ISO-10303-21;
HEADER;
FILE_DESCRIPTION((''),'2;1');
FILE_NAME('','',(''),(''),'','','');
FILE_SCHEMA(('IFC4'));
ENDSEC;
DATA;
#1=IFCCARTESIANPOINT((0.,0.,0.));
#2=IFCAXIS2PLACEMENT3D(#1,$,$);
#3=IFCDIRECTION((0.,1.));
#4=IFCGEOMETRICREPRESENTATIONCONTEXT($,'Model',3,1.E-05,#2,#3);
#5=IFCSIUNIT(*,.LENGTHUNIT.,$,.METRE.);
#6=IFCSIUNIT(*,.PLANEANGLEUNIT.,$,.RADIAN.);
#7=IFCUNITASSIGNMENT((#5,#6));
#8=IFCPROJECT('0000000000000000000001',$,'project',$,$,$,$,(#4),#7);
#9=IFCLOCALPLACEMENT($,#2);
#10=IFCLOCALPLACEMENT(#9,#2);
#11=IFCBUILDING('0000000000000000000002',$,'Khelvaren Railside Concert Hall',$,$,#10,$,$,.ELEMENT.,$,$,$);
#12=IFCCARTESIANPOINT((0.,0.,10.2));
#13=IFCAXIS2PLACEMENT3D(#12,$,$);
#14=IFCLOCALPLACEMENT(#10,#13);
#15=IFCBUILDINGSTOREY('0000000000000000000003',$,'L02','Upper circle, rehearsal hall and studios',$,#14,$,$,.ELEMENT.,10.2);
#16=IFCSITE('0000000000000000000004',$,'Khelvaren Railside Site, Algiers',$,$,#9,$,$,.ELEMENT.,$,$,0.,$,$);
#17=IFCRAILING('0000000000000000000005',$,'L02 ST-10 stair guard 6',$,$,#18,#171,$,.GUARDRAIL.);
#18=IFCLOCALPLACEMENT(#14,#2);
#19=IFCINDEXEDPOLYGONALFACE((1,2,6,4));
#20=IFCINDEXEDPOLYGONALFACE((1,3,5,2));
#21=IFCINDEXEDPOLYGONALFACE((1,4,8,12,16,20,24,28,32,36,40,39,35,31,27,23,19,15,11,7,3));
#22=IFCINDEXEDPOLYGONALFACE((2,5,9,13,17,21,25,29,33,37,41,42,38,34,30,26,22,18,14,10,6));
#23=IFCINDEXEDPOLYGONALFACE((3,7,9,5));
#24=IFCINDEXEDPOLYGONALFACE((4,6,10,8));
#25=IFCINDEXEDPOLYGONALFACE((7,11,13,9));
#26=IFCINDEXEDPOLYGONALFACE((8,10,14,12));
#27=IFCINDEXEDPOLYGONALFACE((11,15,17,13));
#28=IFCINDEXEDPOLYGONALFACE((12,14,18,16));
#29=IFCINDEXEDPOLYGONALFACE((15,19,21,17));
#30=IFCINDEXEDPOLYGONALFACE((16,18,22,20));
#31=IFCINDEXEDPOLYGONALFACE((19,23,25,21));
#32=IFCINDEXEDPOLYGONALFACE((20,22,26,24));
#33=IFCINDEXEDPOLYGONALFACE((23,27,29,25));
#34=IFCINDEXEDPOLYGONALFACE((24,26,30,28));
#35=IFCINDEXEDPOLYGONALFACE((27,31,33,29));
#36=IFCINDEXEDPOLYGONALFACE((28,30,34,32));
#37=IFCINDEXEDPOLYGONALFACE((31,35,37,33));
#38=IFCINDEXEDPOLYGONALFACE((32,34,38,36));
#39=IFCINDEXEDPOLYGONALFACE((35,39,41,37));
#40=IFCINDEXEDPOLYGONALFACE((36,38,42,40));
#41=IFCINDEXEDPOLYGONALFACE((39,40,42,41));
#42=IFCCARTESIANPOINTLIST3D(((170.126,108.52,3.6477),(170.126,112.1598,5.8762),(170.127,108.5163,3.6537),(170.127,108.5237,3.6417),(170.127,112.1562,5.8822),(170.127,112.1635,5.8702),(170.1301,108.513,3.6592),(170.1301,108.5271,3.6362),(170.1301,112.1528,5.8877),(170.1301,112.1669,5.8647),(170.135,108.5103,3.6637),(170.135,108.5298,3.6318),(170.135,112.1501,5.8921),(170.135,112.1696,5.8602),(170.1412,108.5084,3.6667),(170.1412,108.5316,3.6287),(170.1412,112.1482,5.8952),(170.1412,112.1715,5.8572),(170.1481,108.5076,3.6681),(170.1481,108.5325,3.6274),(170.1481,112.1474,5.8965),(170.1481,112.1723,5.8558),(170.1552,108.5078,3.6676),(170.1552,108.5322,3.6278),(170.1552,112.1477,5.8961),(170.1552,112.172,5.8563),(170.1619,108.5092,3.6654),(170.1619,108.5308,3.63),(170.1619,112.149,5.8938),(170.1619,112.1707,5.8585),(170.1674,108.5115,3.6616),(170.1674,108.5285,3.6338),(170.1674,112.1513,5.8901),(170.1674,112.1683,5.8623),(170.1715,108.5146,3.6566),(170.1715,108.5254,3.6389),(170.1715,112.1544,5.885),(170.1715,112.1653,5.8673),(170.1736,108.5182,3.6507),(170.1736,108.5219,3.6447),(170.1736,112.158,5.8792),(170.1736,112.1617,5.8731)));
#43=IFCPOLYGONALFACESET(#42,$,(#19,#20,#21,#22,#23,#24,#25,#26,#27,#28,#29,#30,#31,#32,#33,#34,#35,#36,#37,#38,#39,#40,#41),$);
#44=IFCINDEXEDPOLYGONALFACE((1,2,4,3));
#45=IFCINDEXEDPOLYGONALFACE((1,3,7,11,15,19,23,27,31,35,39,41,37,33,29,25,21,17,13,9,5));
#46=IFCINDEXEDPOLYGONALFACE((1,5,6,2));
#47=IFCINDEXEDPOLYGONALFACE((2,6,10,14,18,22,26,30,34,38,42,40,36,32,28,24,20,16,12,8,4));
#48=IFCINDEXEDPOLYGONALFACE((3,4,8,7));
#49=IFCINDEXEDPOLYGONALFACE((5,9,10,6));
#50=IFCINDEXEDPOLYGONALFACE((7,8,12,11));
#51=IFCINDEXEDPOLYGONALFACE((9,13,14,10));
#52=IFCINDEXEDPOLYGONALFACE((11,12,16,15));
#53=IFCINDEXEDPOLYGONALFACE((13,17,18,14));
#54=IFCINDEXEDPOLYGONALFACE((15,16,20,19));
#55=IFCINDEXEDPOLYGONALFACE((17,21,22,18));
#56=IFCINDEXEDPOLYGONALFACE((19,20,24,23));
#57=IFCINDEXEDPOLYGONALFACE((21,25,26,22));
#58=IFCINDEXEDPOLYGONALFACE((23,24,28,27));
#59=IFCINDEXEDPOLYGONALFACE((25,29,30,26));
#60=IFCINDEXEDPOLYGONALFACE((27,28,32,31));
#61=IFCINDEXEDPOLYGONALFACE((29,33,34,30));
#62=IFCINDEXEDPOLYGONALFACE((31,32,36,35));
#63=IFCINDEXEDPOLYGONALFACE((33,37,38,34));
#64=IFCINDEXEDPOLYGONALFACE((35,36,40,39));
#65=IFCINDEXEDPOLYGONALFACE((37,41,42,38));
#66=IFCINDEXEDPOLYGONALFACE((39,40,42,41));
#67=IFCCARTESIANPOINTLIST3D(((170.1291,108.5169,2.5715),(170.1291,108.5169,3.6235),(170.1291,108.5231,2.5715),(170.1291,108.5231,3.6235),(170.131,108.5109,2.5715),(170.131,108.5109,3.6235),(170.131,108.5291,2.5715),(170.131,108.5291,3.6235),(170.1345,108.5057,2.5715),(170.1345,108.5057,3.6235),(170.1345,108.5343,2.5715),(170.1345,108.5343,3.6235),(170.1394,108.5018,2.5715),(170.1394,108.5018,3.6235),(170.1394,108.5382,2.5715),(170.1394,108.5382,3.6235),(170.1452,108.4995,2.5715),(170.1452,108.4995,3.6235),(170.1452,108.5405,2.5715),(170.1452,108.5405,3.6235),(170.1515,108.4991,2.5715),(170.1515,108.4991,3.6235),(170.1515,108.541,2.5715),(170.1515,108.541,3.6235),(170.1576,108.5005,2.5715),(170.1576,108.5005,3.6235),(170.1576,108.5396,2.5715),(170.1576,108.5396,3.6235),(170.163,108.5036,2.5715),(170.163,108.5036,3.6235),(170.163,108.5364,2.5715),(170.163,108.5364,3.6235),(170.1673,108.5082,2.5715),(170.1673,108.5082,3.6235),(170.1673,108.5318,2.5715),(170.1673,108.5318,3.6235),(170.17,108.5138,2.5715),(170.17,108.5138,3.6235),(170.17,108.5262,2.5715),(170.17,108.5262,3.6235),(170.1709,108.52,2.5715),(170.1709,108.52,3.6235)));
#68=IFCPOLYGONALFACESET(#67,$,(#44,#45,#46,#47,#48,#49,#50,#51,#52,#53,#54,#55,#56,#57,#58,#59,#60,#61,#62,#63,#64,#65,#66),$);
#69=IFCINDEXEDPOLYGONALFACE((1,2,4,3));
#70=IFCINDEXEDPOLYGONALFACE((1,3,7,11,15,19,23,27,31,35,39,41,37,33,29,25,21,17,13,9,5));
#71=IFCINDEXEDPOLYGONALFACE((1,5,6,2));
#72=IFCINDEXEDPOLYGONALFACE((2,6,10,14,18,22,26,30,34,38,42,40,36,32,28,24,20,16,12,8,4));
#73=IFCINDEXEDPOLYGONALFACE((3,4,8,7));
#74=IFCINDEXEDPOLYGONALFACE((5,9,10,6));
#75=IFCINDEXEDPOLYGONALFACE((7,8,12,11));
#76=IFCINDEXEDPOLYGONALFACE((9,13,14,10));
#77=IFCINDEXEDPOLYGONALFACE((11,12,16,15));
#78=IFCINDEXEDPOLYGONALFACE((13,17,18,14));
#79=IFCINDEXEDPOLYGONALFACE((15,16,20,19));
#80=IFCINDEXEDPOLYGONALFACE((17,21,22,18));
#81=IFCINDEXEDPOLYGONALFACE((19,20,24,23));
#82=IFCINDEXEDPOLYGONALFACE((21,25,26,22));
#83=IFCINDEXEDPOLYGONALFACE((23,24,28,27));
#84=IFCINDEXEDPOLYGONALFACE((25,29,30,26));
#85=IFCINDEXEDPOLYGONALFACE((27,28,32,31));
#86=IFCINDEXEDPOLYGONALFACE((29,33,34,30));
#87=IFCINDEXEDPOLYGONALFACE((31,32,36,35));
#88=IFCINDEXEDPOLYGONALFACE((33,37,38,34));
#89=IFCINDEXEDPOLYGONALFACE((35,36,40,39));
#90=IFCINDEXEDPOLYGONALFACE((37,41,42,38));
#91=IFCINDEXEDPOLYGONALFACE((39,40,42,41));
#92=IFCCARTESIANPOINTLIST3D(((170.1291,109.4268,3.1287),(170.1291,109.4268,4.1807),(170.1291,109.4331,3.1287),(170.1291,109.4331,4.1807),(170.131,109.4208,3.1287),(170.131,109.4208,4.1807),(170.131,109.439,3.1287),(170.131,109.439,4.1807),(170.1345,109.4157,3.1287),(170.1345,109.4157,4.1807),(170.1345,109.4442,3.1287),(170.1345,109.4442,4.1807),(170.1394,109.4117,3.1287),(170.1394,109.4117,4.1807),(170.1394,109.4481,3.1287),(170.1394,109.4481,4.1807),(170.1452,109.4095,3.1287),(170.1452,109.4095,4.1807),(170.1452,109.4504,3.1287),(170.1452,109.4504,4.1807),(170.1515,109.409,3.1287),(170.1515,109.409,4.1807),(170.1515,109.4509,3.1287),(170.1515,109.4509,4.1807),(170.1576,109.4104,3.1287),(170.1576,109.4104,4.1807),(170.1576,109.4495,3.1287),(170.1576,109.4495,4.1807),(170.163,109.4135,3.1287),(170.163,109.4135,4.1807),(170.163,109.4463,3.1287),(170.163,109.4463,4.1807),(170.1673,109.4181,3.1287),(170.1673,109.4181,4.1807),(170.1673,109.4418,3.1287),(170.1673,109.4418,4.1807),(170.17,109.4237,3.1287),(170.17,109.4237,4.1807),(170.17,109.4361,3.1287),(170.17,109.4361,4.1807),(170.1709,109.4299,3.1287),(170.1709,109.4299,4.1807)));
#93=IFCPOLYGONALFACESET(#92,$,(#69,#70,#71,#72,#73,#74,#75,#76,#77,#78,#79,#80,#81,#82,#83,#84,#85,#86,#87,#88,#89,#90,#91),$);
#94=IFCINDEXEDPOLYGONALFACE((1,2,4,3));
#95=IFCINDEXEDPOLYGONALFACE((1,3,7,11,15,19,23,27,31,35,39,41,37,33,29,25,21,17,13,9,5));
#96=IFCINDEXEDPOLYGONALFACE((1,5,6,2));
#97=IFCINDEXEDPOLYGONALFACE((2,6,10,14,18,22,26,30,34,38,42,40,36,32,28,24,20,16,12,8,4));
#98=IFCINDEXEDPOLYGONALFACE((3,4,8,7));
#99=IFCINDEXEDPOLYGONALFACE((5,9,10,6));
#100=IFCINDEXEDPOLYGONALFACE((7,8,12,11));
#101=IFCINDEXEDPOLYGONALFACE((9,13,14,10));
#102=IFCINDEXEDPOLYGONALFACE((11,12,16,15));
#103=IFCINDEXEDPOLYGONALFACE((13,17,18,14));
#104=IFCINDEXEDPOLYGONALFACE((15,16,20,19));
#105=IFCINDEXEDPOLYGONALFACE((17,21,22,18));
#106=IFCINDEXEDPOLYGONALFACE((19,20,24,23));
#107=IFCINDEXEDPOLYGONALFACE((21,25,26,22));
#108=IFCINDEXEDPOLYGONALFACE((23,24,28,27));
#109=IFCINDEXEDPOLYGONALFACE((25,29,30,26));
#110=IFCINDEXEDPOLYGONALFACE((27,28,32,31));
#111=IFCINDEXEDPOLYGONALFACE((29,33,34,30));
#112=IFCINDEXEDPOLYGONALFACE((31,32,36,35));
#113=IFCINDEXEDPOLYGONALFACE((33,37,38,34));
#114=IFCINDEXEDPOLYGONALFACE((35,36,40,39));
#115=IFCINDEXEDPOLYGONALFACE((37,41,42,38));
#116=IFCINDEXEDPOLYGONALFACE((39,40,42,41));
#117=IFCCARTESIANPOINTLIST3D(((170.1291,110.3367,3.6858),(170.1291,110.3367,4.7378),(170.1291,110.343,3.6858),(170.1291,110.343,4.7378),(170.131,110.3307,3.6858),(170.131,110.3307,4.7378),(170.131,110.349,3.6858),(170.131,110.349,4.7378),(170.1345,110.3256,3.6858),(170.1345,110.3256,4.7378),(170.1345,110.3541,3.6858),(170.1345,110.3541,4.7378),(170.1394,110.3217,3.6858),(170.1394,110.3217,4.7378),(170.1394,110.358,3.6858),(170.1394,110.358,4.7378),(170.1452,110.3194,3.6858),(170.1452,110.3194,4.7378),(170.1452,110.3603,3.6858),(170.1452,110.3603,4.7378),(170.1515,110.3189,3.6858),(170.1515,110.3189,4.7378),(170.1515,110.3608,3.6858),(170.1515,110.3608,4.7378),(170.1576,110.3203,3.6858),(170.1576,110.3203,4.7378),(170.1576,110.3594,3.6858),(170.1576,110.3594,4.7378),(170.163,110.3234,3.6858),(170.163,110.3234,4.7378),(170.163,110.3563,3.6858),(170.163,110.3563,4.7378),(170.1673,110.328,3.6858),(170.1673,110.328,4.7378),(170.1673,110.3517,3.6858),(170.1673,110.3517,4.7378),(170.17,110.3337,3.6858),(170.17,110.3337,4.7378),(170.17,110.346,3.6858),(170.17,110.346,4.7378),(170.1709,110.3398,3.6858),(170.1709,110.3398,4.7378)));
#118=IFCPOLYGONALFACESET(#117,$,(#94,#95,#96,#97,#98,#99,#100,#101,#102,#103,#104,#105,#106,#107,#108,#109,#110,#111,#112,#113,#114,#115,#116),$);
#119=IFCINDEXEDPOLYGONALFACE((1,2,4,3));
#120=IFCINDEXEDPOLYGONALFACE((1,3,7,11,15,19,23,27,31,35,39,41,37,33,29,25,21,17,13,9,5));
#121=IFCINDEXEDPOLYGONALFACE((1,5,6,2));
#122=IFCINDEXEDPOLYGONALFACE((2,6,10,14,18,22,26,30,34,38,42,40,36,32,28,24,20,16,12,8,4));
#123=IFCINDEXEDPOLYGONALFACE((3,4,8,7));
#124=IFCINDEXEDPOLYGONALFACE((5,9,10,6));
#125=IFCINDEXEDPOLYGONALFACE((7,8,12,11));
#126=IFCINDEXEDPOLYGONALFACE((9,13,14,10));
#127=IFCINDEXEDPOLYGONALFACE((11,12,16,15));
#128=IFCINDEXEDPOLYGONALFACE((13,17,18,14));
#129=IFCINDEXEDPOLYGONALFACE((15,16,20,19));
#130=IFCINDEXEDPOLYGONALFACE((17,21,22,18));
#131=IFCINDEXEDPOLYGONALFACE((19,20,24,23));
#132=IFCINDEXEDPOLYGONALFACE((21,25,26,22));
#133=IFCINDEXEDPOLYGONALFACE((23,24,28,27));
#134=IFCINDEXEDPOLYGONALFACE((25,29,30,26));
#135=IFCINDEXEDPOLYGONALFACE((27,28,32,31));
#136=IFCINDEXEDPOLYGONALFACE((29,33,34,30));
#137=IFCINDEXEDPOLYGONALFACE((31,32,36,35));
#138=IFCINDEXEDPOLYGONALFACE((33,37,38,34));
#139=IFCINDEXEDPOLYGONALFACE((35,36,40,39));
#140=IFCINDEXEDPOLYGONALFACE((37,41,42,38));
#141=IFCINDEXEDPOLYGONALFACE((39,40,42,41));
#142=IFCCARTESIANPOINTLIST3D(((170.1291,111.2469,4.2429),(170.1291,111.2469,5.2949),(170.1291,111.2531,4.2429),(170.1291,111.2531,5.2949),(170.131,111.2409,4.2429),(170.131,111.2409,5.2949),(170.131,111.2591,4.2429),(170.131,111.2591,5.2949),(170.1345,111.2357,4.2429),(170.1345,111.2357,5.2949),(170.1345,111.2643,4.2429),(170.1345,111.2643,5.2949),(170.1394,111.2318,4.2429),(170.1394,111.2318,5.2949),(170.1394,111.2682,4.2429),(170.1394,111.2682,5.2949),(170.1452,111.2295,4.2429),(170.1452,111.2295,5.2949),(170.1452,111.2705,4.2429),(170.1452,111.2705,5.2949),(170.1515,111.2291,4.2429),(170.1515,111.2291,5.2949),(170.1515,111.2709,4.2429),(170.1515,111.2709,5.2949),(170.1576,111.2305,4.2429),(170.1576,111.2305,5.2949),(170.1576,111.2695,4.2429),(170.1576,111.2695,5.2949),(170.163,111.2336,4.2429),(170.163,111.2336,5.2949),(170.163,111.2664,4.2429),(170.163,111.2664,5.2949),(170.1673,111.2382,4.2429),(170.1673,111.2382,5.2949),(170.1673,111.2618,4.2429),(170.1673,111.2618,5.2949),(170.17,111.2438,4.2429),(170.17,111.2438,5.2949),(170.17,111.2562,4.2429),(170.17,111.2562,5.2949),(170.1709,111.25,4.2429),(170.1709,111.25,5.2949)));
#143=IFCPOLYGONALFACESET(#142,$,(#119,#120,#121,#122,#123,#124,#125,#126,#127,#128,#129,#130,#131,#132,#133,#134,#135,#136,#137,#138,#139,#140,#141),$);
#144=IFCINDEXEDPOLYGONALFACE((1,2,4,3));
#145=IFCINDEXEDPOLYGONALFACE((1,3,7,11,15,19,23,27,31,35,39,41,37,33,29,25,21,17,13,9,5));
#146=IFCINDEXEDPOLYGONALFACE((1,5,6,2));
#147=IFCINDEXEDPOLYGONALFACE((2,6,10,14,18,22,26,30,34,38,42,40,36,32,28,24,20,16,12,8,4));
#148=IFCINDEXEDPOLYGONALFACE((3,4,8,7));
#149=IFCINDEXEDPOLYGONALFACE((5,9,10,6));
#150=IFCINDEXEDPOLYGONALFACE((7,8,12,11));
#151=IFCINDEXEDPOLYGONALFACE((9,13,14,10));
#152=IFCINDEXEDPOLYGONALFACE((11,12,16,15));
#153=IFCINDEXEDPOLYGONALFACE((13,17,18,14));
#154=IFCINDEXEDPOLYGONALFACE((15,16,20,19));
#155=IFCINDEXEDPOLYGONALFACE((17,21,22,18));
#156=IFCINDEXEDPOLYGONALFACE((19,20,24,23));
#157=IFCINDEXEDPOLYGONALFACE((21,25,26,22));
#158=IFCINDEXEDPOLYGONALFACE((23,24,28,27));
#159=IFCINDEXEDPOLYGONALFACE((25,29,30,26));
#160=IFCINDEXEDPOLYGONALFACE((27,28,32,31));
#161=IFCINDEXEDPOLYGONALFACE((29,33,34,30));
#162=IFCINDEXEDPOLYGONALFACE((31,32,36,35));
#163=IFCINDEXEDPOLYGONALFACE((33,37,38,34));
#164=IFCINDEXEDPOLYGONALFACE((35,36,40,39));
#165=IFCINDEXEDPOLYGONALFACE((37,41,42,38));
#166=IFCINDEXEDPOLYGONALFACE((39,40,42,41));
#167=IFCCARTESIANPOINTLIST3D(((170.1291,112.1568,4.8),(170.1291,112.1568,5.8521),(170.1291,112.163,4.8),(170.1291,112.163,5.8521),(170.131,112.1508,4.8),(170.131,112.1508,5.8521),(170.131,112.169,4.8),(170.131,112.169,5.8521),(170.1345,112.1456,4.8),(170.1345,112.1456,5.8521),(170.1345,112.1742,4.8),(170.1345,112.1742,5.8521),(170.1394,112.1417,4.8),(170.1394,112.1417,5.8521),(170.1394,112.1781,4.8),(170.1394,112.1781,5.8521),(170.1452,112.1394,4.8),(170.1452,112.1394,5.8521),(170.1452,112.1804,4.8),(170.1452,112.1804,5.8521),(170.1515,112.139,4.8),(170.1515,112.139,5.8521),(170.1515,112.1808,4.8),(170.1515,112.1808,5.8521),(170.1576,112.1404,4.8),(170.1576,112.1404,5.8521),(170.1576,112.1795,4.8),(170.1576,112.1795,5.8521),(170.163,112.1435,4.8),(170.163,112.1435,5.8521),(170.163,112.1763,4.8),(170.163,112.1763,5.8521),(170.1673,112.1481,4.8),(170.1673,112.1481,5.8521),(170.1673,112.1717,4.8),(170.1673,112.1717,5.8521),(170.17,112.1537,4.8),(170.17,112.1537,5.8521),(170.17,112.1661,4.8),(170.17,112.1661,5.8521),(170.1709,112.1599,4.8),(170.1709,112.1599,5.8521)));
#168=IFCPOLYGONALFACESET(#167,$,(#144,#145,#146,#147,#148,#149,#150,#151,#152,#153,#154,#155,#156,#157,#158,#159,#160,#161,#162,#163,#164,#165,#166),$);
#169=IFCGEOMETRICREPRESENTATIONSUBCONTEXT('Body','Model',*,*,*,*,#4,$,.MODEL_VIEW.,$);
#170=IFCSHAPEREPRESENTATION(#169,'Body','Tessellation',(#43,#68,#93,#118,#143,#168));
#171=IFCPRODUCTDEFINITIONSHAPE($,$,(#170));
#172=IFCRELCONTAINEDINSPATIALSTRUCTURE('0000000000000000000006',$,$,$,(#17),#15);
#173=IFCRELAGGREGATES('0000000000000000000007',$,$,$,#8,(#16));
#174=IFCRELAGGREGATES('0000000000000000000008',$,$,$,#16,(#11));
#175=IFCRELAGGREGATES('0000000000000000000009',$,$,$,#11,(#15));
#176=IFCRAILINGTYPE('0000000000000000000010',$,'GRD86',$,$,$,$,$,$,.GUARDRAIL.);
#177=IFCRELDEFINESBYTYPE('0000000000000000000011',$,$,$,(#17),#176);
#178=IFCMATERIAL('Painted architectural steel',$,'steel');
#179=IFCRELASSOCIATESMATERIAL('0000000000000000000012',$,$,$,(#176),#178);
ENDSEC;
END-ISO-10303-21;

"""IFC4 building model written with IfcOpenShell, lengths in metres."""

from ifc_helpers import new_model, si_unit, direction, frame, origin, origin_2d, place, context, subcontext, project, spatial, circle, extrude, material, type_object, element, save


model = new_model("IFC4")

# Units and contexts
model_context = context("Model", 3, precision=1e-05, world=origin(), true_north=direction((0.0, 1.0)))
body_context = subcontext(model_context, "Body", "Model", "MODEL_VIEW")
ifc_project = project(units=[si_unit("LENGTHUNIT", "METRE"), si_unit("PLANEANGLEUNIT", "RADIAN")], contexts=[model_context])

# Site, building, storey
site_placement = place(None, origin())
site = spatial("IfcSite", under=ifc_project, at=site_placement, Name="Khelvaren Railside Site, Algiers", CompositionType="ELEMENT", RefElevation=0.0)
building_placement = place(site_placement, origin())
building = spatial("IfcBuilding", under=site, at=building_placement, Name="Khelvaren Railside Concert Hall", CompositionType="ELEMENT")
storey_placement = place(building_placement, frame((0.0, 0.0, 10.2)))
storey = spatial("IfcBuildingStorey", under=building, at=storey_placement, Name="L02", Description="Upper circle, rehearsal hall and studios", CompositionType="ELEMENT", Elevation=10.2)

# Railing
ifc_material_1 = material(Name="Painted architectural steel", Category="steel")
railing_type_1 = type_object("IfcRailingType", Name="GRD86", PredefinedType="GUARDRAIL", material=ifc_material_1)
railing_1_placement = place(storey_placement, frame((170.1499, 108.52, 2.5715)))
element("IfcRailing", 1, at=railing_1_placement, inside=storey, type_object=railing_type_1, Name="L02 ST-10 stair guard 6", PredefinedType="GUARDRAIL", context=body_context, shape_type="SweptSolid", body=[
    extrude(circle(Radius=0.0239, at=origin_2d()), frame((0.0, 0.0, 1.0762), z_axis=(0.0, 0.85285, 0.522156), x_axis=(-1.0, 0.0, 0.0)), (0.0, 0.0, 1.0), 4.2678),
    extrude(circle(Radius=0.021, at=origin_2d()), origin(), (0.0, 0.0, 1.0), 1.052),
    extrude(circle(Radius=0.021, at=origin_2d()), frame((0.0, 0.9099, 0.5571)), (0.0, 0.0, 1.0), 1.052),
    extrude(circle(Radius=0.021, at=origin_2d()), frame((0.0, 1.8198, 1.1143)), (0.0, 0.0, 1.0), 1.052),
    extrude(circle(Radius=0.021, at=origin_2d()), frame((0.0, 2.73, 1.6714)), (0.0, 0.0, 1.0), 1.052),
    extrude(circle(Radius=0.021, at=origin_2d()), frame((0.0, 3.6399, 2.2285)), (0.0, 0.0, 1.0), 1.052),
])

save(model, "model.ifc")
